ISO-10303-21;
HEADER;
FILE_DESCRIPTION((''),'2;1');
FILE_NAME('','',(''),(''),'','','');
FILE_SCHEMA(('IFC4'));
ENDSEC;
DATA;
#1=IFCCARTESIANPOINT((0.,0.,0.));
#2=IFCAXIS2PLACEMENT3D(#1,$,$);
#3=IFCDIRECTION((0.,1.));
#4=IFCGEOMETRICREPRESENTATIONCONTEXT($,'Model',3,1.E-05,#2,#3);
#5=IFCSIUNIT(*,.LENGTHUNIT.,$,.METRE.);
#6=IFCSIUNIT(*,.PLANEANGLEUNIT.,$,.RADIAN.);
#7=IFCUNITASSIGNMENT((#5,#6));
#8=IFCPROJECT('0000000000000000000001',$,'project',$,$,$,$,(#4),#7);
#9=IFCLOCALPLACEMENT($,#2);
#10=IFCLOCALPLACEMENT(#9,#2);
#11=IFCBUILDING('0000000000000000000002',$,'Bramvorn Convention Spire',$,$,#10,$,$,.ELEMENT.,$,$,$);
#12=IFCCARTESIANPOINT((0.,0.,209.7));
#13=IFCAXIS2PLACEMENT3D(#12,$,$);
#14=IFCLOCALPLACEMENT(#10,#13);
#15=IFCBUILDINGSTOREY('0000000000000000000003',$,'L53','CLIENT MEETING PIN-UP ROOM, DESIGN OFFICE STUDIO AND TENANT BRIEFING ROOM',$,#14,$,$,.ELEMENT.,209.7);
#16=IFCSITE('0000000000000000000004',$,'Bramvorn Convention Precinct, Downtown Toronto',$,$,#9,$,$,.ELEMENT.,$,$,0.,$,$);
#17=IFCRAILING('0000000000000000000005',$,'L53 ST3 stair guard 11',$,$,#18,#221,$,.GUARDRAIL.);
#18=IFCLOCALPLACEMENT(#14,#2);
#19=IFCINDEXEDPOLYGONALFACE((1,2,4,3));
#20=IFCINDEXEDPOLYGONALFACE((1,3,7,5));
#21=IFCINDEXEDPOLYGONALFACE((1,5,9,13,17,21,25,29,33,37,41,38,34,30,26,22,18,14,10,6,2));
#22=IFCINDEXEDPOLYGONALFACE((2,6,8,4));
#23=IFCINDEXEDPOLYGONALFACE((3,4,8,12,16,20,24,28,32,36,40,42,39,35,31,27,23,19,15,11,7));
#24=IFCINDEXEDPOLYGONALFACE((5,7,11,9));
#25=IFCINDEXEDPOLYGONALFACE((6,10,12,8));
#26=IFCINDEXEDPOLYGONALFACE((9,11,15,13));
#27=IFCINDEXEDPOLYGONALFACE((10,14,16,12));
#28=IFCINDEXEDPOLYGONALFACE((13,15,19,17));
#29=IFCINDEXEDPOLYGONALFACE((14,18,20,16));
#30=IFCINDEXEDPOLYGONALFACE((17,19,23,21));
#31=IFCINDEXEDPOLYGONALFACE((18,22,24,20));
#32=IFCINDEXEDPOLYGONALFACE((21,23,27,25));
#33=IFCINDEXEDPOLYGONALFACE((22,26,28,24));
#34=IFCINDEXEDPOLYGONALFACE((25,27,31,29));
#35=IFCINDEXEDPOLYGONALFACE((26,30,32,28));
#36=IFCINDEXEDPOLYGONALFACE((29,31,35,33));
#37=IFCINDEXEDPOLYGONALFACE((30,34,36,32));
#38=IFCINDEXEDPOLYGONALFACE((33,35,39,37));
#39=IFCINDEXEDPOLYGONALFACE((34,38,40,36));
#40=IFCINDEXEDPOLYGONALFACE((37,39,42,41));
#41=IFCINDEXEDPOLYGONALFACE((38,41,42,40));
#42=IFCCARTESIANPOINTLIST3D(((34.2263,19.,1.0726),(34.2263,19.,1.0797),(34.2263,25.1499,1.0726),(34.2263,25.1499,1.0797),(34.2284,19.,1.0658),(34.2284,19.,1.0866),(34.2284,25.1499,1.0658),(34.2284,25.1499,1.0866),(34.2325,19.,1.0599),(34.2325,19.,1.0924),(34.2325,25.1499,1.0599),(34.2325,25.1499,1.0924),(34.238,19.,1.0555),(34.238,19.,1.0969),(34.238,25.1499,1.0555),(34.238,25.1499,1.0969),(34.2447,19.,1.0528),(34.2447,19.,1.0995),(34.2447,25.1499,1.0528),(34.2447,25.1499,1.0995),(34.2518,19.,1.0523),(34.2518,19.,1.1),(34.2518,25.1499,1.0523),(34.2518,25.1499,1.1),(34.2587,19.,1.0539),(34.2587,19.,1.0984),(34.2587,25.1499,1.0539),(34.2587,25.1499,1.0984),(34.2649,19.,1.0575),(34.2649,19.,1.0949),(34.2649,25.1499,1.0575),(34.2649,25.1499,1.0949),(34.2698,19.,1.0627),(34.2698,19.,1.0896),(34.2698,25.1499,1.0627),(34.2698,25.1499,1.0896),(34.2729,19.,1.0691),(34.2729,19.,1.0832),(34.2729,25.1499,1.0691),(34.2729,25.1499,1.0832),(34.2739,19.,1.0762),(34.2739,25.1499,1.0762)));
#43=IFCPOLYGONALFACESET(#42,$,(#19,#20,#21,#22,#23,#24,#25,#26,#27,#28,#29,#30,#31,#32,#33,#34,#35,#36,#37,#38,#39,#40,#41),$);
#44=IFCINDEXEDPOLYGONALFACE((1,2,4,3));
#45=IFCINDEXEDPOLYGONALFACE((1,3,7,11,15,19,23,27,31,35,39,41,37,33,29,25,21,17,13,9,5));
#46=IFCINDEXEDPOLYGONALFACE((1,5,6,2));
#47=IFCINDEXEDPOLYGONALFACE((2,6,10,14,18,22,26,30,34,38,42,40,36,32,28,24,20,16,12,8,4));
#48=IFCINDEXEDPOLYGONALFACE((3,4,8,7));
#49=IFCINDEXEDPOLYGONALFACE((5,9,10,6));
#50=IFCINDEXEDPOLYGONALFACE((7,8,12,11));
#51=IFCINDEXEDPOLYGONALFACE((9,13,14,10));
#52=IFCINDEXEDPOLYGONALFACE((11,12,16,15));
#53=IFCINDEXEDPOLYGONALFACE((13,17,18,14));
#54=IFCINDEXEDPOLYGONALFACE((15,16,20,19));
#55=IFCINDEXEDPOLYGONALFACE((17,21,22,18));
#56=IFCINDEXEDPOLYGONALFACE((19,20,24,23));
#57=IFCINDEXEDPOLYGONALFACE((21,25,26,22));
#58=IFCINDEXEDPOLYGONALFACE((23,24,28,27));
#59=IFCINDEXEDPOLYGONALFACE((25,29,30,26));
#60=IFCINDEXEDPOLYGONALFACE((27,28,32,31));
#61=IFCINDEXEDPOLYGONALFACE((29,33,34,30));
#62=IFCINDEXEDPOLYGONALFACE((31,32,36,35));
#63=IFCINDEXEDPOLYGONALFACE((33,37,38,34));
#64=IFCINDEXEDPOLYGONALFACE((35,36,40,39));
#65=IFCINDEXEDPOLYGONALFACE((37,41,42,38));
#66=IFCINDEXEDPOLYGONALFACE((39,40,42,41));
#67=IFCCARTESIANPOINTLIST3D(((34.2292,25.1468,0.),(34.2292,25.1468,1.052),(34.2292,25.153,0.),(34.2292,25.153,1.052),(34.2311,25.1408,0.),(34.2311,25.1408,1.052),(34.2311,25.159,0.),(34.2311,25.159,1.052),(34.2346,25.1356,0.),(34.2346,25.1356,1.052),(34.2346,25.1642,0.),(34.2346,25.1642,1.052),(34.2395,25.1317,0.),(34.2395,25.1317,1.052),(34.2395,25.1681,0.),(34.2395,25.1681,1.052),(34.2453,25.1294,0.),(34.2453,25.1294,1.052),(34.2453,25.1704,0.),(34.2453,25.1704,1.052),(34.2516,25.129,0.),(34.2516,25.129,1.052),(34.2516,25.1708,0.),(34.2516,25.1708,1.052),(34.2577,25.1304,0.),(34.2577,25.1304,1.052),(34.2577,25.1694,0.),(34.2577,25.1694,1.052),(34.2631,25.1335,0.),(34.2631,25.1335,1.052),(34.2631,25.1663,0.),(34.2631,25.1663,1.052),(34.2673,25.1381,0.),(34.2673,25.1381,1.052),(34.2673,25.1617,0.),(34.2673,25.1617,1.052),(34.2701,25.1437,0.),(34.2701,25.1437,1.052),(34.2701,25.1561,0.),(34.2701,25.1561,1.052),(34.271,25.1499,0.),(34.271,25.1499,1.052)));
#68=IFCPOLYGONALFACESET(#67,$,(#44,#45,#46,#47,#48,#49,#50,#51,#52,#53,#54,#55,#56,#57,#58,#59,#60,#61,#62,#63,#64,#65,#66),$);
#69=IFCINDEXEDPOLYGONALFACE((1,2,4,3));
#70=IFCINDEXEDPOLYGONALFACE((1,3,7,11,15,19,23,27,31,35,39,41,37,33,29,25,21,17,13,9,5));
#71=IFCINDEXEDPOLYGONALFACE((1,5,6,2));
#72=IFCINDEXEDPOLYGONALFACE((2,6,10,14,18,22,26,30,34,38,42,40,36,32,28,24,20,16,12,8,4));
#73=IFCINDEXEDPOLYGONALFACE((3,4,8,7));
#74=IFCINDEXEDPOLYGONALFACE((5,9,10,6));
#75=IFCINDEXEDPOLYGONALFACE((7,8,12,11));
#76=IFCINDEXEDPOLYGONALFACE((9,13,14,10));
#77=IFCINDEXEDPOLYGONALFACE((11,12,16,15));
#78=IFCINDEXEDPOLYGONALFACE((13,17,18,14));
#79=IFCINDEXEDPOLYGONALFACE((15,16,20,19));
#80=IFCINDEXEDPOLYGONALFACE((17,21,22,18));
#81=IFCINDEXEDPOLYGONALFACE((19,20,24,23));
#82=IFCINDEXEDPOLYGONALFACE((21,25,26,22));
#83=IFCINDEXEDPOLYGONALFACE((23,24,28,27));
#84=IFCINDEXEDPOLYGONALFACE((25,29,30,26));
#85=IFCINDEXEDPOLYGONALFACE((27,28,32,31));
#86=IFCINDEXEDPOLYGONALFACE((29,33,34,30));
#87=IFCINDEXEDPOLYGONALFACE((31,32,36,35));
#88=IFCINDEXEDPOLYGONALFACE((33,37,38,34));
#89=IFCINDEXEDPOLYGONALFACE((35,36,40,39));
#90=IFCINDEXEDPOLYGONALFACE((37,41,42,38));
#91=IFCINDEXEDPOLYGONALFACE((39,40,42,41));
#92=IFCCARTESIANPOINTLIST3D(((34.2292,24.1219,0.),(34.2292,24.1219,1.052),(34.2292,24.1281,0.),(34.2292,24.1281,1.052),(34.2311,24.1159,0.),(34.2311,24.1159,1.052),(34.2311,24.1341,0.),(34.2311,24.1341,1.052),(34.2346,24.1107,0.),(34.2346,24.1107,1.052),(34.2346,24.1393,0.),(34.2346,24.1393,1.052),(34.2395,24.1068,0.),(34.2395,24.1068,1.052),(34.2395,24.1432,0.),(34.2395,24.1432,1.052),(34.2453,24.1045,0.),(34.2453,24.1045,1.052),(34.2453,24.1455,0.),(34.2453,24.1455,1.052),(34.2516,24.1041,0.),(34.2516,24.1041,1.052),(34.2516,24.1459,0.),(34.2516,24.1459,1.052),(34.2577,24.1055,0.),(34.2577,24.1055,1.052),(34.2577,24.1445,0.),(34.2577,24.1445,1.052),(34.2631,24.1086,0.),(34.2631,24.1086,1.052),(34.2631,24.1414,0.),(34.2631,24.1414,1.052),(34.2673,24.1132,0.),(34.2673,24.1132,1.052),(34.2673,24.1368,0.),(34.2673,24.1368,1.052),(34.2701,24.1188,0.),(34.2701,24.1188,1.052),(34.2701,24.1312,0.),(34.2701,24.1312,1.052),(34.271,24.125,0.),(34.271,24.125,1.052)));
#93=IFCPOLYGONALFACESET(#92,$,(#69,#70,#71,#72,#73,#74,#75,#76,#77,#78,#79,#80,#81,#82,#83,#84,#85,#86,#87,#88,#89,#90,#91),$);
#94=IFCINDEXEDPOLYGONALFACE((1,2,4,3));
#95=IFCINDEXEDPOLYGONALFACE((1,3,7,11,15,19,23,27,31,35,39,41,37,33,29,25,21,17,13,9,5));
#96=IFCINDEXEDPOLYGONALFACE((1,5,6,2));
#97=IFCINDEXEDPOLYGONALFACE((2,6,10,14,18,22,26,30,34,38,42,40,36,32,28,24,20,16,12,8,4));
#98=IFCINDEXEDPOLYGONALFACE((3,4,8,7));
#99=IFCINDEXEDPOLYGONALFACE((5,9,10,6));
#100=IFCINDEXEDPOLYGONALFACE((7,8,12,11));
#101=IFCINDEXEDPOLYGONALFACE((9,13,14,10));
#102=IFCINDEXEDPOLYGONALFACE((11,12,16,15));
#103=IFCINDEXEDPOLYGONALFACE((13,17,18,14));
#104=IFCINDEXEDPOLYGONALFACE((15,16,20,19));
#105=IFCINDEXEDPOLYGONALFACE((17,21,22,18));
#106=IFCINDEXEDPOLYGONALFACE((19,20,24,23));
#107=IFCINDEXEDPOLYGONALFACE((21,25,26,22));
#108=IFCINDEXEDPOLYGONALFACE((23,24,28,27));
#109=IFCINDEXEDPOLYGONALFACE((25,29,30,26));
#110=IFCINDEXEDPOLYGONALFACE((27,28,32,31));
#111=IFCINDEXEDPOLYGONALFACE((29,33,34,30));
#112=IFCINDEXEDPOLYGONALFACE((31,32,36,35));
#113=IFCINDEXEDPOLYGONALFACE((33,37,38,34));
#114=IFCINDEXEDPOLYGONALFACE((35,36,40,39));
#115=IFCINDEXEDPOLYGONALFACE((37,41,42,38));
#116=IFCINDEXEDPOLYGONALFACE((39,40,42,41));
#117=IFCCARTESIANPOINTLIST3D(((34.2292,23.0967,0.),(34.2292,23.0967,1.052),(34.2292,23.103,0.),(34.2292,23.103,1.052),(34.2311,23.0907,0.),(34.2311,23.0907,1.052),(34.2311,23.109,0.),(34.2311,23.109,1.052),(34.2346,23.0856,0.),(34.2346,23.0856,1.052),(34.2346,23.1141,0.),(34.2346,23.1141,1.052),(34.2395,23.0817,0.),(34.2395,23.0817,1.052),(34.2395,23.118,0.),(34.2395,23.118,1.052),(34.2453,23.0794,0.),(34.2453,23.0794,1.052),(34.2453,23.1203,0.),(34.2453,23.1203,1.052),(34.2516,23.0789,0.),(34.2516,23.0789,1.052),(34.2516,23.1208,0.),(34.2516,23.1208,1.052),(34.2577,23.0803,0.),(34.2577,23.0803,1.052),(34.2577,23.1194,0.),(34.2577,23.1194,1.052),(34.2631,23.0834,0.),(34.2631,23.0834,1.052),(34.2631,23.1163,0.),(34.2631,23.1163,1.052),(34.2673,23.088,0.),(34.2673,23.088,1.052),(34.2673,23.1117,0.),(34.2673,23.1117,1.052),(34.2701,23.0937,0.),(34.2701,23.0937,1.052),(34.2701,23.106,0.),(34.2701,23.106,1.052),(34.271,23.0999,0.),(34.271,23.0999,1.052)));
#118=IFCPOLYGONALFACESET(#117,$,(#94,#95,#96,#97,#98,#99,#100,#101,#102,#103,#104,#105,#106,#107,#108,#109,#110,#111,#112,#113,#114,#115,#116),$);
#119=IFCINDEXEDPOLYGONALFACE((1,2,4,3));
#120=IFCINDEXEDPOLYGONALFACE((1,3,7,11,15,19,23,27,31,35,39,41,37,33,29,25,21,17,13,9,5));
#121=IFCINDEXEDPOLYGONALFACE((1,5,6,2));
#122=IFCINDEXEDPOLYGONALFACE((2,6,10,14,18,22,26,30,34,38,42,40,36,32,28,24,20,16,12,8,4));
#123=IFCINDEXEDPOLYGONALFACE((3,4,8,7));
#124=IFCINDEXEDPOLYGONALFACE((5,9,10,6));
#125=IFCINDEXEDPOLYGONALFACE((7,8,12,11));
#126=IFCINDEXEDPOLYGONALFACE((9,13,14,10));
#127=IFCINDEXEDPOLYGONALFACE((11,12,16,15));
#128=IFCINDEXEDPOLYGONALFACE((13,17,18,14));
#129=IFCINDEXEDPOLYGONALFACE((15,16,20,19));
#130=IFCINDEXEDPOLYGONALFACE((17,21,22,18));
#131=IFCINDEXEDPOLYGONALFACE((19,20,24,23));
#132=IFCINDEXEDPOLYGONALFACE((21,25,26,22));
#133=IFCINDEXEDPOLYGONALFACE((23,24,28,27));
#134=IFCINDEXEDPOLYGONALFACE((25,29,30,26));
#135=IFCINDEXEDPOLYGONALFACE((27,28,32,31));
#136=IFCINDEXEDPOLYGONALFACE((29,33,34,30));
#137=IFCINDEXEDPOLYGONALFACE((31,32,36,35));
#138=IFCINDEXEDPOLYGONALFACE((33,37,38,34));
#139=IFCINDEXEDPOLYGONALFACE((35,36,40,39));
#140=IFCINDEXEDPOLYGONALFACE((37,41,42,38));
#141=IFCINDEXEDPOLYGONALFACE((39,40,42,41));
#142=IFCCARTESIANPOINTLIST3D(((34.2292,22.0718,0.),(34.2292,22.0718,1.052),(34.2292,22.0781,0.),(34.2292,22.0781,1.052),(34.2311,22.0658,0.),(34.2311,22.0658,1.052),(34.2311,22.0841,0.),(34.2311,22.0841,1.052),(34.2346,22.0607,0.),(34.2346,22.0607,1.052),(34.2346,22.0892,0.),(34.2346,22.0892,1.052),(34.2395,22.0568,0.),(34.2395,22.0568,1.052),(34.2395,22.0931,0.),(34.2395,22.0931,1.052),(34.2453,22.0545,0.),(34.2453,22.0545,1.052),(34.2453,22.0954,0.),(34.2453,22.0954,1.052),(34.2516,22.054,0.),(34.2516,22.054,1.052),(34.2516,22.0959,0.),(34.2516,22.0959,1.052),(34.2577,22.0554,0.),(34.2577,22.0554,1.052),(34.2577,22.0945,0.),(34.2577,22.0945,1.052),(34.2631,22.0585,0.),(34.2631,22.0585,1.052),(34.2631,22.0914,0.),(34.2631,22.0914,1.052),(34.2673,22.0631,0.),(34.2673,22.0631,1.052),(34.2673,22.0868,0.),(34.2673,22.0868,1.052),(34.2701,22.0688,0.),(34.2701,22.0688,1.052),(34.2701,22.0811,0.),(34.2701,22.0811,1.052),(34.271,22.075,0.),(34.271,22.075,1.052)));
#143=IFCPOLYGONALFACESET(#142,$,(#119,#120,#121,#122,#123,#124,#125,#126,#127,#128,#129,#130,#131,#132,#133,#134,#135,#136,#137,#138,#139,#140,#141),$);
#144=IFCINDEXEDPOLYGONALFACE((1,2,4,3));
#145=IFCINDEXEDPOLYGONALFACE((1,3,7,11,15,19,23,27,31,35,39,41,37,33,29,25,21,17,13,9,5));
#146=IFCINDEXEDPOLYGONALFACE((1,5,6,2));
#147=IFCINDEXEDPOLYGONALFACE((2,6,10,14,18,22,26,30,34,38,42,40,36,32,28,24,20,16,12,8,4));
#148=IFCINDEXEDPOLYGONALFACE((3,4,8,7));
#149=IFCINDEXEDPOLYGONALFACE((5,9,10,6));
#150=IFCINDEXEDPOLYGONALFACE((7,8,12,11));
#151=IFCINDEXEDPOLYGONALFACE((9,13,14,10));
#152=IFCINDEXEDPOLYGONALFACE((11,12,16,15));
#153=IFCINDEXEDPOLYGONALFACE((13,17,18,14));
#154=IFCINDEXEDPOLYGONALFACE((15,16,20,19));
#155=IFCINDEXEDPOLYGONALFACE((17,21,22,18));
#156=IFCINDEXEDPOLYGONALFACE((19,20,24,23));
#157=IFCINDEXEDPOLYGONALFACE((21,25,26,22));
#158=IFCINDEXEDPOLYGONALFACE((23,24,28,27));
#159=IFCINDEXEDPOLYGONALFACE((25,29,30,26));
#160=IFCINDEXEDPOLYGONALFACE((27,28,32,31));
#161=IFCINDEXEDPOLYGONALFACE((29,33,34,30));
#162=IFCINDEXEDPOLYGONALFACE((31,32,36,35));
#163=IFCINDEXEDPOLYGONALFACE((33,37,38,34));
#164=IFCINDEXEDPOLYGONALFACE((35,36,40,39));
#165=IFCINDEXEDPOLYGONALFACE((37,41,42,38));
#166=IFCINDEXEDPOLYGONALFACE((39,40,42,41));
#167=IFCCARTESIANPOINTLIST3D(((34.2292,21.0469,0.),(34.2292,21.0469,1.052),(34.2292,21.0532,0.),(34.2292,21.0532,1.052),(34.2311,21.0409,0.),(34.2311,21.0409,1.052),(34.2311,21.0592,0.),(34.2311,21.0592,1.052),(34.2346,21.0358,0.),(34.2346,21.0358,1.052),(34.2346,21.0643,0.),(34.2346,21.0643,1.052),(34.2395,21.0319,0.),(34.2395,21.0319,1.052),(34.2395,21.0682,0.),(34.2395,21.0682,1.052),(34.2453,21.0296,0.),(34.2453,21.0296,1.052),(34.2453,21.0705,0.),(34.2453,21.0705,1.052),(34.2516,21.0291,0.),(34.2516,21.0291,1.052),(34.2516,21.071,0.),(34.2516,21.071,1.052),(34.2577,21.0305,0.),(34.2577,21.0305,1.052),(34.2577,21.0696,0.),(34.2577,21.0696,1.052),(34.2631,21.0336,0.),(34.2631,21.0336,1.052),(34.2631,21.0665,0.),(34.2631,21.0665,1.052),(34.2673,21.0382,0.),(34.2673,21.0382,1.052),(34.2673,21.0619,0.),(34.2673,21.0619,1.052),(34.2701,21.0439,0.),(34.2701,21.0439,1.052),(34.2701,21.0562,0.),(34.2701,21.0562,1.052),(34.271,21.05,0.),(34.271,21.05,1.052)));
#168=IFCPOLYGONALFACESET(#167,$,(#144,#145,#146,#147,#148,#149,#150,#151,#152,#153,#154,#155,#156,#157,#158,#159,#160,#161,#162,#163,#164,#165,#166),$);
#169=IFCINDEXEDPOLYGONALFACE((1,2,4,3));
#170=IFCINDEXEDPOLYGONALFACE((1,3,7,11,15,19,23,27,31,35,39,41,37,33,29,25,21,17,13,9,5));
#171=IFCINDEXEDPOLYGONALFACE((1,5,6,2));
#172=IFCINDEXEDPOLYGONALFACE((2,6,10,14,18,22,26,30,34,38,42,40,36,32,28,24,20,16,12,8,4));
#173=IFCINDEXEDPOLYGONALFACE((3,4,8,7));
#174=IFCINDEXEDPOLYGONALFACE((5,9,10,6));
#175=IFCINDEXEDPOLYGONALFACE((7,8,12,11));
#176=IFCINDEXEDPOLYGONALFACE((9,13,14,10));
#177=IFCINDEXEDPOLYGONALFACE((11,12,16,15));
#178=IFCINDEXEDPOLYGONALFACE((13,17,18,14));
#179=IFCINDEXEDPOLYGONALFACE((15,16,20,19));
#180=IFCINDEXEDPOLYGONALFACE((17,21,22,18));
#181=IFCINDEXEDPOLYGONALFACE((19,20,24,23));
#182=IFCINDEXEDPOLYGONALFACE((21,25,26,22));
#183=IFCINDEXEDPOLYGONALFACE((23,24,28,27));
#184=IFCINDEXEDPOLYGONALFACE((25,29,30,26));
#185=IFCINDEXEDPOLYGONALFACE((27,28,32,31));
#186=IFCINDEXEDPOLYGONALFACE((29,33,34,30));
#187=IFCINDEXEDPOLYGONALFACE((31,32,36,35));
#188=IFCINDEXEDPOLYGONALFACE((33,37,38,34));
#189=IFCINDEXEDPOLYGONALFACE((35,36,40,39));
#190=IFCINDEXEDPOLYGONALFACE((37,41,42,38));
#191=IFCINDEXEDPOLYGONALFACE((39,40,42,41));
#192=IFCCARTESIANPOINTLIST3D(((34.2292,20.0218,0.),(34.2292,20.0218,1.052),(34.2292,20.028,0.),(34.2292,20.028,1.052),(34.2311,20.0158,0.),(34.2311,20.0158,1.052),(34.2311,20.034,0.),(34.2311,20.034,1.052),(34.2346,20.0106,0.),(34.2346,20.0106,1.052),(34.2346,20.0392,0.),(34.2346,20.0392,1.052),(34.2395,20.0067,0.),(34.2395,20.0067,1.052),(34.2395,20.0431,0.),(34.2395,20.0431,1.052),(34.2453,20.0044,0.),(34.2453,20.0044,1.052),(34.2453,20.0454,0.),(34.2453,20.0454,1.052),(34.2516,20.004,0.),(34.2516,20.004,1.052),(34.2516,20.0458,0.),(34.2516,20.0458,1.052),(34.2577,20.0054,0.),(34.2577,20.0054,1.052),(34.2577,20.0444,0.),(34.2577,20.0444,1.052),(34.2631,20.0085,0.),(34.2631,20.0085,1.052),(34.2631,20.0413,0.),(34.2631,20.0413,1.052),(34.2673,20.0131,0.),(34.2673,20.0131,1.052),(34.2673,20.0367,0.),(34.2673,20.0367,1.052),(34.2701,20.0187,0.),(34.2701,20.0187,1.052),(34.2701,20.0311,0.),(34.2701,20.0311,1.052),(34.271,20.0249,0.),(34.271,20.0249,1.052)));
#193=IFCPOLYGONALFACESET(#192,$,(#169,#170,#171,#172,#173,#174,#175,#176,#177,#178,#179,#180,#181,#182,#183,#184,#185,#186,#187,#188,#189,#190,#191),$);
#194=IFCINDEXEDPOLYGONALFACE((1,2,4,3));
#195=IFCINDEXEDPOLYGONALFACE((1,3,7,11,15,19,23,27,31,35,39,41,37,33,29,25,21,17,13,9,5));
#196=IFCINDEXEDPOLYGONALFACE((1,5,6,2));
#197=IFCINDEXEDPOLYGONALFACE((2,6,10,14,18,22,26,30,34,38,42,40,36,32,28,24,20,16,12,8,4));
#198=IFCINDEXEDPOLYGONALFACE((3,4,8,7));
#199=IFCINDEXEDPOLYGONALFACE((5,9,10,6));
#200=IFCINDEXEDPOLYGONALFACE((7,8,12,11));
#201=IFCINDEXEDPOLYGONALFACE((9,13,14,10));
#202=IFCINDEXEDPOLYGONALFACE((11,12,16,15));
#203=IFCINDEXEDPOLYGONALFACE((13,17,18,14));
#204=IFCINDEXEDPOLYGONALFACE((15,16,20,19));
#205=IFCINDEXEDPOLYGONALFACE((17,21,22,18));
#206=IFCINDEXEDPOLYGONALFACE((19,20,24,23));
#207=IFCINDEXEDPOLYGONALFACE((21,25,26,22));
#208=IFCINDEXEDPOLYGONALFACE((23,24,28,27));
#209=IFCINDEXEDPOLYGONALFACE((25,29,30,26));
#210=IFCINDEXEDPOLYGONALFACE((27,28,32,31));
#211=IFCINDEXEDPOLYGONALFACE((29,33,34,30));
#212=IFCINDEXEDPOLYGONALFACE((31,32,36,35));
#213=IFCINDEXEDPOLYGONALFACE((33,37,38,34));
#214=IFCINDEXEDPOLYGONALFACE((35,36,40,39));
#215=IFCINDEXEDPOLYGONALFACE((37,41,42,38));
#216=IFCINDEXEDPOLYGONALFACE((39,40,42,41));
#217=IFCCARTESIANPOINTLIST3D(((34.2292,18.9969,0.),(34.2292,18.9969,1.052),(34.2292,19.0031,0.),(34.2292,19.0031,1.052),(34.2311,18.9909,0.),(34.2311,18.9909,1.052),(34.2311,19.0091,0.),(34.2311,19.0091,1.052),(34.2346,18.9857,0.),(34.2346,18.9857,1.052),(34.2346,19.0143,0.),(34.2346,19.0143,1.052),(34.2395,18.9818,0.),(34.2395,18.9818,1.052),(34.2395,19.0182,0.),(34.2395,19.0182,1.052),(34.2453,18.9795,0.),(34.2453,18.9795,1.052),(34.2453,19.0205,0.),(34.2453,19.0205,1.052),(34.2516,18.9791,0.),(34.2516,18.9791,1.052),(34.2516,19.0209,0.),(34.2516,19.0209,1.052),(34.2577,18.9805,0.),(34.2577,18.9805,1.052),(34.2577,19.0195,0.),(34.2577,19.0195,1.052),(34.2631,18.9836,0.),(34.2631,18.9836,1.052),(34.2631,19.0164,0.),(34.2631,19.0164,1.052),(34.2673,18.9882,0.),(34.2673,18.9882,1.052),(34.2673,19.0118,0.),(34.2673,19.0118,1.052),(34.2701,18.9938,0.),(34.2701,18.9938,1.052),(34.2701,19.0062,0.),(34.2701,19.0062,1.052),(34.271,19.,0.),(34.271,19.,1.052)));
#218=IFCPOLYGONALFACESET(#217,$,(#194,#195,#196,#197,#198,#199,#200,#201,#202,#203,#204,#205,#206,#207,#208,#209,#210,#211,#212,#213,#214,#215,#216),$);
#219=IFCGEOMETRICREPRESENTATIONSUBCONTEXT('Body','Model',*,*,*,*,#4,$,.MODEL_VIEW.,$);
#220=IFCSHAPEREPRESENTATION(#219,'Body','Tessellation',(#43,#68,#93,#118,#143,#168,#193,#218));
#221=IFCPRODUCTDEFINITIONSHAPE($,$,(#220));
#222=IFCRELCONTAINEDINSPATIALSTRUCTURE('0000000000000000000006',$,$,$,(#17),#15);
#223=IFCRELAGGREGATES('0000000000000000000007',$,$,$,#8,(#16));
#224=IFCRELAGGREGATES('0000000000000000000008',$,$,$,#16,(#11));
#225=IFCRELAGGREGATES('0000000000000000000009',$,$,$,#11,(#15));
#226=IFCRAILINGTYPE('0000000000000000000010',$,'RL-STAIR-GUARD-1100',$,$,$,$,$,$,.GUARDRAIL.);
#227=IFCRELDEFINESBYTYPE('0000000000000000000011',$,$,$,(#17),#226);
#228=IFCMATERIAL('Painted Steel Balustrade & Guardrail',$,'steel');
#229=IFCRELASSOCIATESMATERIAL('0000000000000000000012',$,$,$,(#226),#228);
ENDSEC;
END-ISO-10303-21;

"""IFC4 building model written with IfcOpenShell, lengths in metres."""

from ifc_helpers import new_model, si_unit, direction, frame, origin, origin_2d, place, context, subcontext, project, spatial, circle, extrude, material, type_object, element, save


model = new_model("IFC4")

# Units and contexts
model_context = context("Model", 3, precision=1e-05, world=origin(), true_north=direction((0.0, 1.0)))
body_context = subcontext(model_context, "Body", "Model", "MODEL_VIEW")
ifc_project = project(units=[si_unit("LENGTHUNIT", "METRE"), si_unit("PLANEANGLEUNIT", "RADIAN")], contexts=[model_context])

# Site, building, storey
site_placement = place(None, origin())
site = spatial("IfcSite", under=ifc_project, at=site_placement, Name="Bramvorn Convention Precinct, Downtown Toronto", CompositionType="ELEMENT", RefElevation=0.0)
building_placement = place(site_placement, origin())
building = spatial("IfcBuilding", under=site, at=building_placement, Name="Bramvorn Convention Spire", CompositionType="ELEMENT")
storey_placement = place(building_placement, frame((0.0, 0.0, 209.7)))
storey = spatial("IfcBuildingStorey", under=building, at=storey_placement, Name="L53", Description="CLIENT MEETING PIN-UP ROOM, DESIGN OFFICE STUDIO AND TENANT BRIEFING ROOM", CompositionType="ELEMENT", Elevation=209.7)

# Railing
ifc_material_1 = material(Name="Painted Steel Balustrade & Guardrail", Category="steel")
railing_type_1 = type_object("IfcRailingType", Name="RL-STAIR-GUARD-1100", PredefinedType="GUARDRAIL", material=ifc_material_1)
railing_1_placement = place(storey_placement, frame((34.25, 25.1499, 0.0)))
element("IfcRailing", 1, at=railing_1_placement, inside=storey, type_object=railing_type_1, Name="L53 ST3 stair guard 11", PredefinedType="GUARDRAIL", context=body_context, shape_type="SweptSolid", body=[
    extrude(circle(Radius=0.0239, at=origin_2d()), frame((0.0, 0.0, 1.0762), z_axis=(0.0, -1.0, 0.0), x_axis=(1.0, 0.0, 0.0)), (0.0, 0.0, 1.0), 6.1499),
    extrude(circle(Radius=0.021, at=origin_2d()), origin(), (0.0, 0.0, 1.0), 1.052),
    extrude(circle(Radius=0.021, at=origin_2d()), frame((0.0, -1.0249, 0.0)), (0.0, 0.0, 1.0), 1.052),
    extrude(circle(Radius=0.021, at=origin_2d()), frame((0.0, -2.05, 0.0)), (0.0, 0.0, 1.0), 1.052),
    extrude(circle(Radius=0.021, at=origin_2d()), frame((0.0, -3.075, 0.0)), (0.0, 0.0, 1.0), 1.052),
    extrude(circle(Radius=0.021, at=origin_2d()), frame((0.0, -4.0999, 0.0)), (0.0, 0.0, 1.0), 1.052),
    extrude(circle(Radius=0.021, at=origin_2d()), frame((0.0, -5.125, 0.0)), (0.0, 0.0, 1.0), 1.052),
    extrude(circle(Radius=0.021, at=origin_2d()), frame((0.0, -6.1499, 0.0)), (0.0, 0.0, 1.0), 1.052),
])

save(model, "model.ifc")
